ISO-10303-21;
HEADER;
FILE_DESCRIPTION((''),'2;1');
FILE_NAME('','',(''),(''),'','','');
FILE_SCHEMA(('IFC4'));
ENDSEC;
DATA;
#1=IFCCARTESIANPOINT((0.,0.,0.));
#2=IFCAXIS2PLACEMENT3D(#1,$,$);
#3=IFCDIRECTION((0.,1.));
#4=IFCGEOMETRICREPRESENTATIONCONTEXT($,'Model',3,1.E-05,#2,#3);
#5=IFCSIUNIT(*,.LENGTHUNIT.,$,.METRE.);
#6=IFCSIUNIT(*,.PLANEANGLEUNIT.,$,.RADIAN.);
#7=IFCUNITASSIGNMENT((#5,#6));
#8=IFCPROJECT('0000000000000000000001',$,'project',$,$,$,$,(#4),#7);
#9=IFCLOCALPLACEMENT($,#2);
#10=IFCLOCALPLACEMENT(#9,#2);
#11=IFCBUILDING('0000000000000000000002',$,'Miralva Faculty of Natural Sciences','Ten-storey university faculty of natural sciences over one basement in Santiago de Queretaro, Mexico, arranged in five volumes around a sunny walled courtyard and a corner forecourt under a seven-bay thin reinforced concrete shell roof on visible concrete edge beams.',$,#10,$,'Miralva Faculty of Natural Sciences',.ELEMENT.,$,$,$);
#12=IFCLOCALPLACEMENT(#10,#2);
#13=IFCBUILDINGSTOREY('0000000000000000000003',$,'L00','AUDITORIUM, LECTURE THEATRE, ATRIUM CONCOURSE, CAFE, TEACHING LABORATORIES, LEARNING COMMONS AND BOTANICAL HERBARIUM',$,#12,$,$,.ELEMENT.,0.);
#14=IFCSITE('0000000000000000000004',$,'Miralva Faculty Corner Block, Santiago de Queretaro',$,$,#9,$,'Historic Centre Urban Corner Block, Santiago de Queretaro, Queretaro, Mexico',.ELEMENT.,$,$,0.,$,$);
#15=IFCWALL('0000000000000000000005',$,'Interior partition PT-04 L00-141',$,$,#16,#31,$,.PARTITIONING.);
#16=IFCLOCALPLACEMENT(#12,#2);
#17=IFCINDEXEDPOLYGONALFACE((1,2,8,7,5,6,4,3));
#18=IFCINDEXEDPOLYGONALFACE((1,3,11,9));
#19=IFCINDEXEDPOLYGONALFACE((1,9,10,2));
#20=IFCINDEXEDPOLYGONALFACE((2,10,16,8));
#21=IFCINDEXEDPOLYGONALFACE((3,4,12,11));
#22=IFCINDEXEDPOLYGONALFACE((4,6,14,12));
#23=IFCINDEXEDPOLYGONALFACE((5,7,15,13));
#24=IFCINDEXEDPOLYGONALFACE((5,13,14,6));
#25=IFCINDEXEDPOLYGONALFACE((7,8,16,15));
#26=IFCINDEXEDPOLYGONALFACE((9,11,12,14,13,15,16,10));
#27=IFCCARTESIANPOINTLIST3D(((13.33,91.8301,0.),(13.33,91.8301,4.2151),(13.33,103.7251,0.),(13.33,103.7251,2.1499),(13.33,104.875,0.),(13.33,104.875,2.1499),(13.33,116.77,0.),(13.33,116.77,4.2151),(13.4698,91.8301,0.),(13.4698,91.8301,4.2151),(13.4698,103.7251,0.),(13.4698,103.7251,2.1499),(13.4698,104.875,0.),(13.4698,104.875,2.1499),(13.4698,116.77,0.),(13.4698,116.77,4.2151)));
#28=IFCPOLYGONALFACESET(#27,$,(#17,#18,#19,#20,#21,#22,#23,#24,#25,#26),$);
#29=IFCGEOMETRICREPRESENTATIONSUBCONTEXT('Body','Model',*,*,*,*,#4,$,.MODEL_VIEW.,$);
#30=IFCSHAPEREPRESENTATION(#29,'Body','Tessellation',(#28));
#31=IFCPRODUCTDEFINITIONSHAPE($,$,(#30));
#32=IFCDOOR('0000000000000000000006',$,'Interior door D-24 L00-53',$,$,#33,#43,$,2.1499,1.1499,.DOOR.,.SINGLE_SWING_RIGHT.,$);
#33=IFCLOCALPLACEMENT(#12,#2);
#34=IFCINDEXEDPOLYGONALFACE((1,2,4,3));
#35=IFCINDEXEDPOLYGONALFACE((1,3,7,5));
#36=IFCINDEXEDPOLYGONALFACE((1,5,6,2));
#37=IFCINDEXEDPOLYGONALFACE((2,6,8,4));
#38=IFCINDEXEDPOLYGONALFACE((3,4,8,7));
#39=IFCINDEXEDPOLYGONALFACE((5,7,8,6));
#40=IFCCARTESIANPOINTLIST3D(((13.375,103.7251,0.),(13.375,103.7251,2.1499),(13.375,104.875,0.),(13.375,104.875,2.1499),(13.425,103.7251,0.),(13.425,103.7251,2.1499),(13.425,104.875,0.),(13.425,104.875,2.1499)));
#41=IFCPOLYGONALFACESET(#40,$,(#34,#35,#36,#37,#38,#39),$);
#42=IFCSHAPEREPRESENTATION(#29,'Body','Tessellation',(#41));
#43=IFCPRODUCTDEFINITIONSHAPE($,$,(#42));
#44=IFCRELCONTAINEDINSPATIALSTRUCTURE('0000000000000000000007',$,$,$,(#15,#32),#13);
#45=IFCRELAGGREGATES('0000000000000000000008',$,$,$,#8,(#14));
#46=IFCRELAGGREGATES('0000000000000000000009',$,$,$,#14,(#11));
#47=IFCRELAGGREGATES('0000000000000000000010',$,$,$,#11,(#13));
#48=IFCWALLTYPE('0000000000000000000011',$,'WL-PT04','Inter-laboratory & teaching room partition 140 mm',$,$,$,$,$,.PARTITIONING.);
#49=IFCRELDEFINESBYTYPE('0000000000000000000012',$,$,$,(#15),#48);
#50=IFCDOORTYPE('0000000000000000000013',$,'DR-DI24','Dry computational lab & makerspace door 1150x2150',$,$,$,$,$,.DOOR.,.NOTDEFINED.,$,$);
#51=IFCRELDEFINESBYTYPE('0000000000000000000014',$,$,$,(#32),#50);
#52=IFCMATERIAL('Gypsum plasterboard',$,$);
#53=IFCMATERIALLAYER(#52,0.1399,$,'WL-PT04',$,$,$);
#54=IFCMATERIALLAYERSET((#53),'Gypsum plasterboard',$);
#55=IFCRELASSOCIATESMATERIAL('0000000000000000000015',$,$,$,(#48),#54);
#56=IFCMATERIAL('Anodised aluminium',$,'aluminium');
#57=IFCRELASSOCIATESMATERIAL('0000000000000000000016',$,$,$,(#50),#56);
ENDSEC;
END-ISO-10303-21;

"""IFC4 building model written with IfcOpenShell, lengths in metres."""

from ifc_helpers import new_model, si_unit, direction, frame, frame_2d, origin, place, context, subcontext, project, spatial, rectangle, extrude, material, layer, layer_set, type_object, element, fill, save


model = new_model("IFC4")

# Units and contexts
model_context = context("Model", 3, precision=1e-05, world=origin(), true_north=direction((0.0, 1.0)))
body_context = subcontext(model_context, "Body", "Model", "MODEL_VIEW")
ifc_project = project(units=[si_unit("LENGTHUNIT", "METRE"), si_unit("PLANEANGLEUNIT", "RADIAN")], contexts=[model_context])

# Site, building, storey
site_placement = place(None, origin())
site = spatial("IfcSite", under=ifc_project, at=site_placement, Name="Miralva Faculty Corner Block, Santiago de Queretaro", LongName="Historic Centre Urban Corner Block, Santiago de Queretaro, Queretaro, Mexico", CompositionType="ELEMENT", RefElevation=0.0)
building_placement = place(site_placement, origin())
building = spatial("IfcBuilding", under=site, at=building_placement, Name="Miralva Faculty of Natural Sciences", Description="Ten-storey university faculty of natural sciences over one basement in Santiago de Queretaro, Mexico, arranged in five volumes around a sunny walled courtyard and a corner forecourt under a seven-bay thin reinforced concrete shell roof on visible concrete edge beams.", LongName="Miralva Faculty of Natural Sciences", CompositionType="ELEMENT")
storey_placement = place(building_placement, origin())
storey = spatial("IfcBuildingStorey", under=building, at=storey_placement, Name="L00", Description="AUDITORIUM, LECTURE THEATRE, ATRIUM CONCOURSE, CAFE, TEACHING LABORATORIES, LEARNING COMMONS AND BOTANICAL HERBARIUM", CompositionType="ELEMENT", Elevation=0.0)

# Shared definitions
ifc_material_1 = material(Name="Gypsum plasterboard")
ifc_layer_1 = layer(ifc_material_1, 0.1399, Name="WL-PT04")
ifc_layer_set_1 = layer_set([ifc_layer_1], Name="Gypsum plasterboard")
wall_type_1 = type_object("IfcWallType", Name="WL-PT04", Description="Inter-laboratory & teaching room partition 140 mm", PredefinedType="PARTITIONING", material=ifc_layer_set_1)

# Wall, opening, door
wall_1_placement = place(storey_placement, frame((13.3999, 91.8301, 0.0), z_axis=(0.0, 0.0, 1.0), x_axis=(0.0, 1.0, 0.0)))
wall_1 = element("IfcWall", 1, at=wall_1_placement, inside=storey, type_object=wall_type_1, Name="Interior partition PT-04 L00-141", PredefinedType="PARTITIONING", context=body_context, shape_type="SweptSolid", body=[
    extrude(rectangle(XDim=24.9399, YDim=0.1399, at=frame_2d((12.47, 0.0))), origin(), (0.0, 0.0, 1.0), 4.2151),
])
opening_1_placement = place(wall_1_placement, frame((11.895, 0.0, 0.0)))
opening_1 = element("IfcOpeningElement", 2, at=opening_1_placement, cuts=wall_1, PredefinedType="OPENING", context=body_context, shape_type="SweptSolid", body=[
    extrude(rectangle(XDim=1.1499, YDim=2.1499, at=frame_2d((0.575, 1.075))), frame((0.0, 0.0798, 0.0), z_axis=(0.0, -1.0, 0.0), x_axis=(1.0, 0.0, 0.0)), (0.0, 0.0, 1.0), 0.1599),
])
ifc_material_2 = material(Name="Anodised aluminium", Category="aluminium")
door_type_1 = type_object("IfcDoorType", Name="DR-DI24", Description="Dry computational lab & makerspace door 1150x2150", OperationType="NOTDEFINED", PredefinedType="DOOR", material=ifc_material_2)
door_1_placement = place(opening_1_placement, origin())
door_1 = element("IfcDoor", 3, at=door_1_placement, inside=storey, type_object=door_type_1, Name="Interior door D-24 L00-53", OperationType="SINGLE_SWING_RIGHT", OverallHeight=2.1499, OverallWidth=1.1499, PredefinedType="DOOR", context=body_context, shape_type="SweptSolid", body=[
    extrude(rectangle(XDim=1.1499, YDim=2.1499, at=frame_2d((0.575, 1.075))), frame((0.0, 0.0249, 0.0), z_axis=(0.0, -1.0, 0.0), x_axis=(1.0, 0.0, 0.0)), (0.0, 0.0, 1.0), 0.05),
])
fill(opening_1, door_1)

save(model, "model.ifc")
